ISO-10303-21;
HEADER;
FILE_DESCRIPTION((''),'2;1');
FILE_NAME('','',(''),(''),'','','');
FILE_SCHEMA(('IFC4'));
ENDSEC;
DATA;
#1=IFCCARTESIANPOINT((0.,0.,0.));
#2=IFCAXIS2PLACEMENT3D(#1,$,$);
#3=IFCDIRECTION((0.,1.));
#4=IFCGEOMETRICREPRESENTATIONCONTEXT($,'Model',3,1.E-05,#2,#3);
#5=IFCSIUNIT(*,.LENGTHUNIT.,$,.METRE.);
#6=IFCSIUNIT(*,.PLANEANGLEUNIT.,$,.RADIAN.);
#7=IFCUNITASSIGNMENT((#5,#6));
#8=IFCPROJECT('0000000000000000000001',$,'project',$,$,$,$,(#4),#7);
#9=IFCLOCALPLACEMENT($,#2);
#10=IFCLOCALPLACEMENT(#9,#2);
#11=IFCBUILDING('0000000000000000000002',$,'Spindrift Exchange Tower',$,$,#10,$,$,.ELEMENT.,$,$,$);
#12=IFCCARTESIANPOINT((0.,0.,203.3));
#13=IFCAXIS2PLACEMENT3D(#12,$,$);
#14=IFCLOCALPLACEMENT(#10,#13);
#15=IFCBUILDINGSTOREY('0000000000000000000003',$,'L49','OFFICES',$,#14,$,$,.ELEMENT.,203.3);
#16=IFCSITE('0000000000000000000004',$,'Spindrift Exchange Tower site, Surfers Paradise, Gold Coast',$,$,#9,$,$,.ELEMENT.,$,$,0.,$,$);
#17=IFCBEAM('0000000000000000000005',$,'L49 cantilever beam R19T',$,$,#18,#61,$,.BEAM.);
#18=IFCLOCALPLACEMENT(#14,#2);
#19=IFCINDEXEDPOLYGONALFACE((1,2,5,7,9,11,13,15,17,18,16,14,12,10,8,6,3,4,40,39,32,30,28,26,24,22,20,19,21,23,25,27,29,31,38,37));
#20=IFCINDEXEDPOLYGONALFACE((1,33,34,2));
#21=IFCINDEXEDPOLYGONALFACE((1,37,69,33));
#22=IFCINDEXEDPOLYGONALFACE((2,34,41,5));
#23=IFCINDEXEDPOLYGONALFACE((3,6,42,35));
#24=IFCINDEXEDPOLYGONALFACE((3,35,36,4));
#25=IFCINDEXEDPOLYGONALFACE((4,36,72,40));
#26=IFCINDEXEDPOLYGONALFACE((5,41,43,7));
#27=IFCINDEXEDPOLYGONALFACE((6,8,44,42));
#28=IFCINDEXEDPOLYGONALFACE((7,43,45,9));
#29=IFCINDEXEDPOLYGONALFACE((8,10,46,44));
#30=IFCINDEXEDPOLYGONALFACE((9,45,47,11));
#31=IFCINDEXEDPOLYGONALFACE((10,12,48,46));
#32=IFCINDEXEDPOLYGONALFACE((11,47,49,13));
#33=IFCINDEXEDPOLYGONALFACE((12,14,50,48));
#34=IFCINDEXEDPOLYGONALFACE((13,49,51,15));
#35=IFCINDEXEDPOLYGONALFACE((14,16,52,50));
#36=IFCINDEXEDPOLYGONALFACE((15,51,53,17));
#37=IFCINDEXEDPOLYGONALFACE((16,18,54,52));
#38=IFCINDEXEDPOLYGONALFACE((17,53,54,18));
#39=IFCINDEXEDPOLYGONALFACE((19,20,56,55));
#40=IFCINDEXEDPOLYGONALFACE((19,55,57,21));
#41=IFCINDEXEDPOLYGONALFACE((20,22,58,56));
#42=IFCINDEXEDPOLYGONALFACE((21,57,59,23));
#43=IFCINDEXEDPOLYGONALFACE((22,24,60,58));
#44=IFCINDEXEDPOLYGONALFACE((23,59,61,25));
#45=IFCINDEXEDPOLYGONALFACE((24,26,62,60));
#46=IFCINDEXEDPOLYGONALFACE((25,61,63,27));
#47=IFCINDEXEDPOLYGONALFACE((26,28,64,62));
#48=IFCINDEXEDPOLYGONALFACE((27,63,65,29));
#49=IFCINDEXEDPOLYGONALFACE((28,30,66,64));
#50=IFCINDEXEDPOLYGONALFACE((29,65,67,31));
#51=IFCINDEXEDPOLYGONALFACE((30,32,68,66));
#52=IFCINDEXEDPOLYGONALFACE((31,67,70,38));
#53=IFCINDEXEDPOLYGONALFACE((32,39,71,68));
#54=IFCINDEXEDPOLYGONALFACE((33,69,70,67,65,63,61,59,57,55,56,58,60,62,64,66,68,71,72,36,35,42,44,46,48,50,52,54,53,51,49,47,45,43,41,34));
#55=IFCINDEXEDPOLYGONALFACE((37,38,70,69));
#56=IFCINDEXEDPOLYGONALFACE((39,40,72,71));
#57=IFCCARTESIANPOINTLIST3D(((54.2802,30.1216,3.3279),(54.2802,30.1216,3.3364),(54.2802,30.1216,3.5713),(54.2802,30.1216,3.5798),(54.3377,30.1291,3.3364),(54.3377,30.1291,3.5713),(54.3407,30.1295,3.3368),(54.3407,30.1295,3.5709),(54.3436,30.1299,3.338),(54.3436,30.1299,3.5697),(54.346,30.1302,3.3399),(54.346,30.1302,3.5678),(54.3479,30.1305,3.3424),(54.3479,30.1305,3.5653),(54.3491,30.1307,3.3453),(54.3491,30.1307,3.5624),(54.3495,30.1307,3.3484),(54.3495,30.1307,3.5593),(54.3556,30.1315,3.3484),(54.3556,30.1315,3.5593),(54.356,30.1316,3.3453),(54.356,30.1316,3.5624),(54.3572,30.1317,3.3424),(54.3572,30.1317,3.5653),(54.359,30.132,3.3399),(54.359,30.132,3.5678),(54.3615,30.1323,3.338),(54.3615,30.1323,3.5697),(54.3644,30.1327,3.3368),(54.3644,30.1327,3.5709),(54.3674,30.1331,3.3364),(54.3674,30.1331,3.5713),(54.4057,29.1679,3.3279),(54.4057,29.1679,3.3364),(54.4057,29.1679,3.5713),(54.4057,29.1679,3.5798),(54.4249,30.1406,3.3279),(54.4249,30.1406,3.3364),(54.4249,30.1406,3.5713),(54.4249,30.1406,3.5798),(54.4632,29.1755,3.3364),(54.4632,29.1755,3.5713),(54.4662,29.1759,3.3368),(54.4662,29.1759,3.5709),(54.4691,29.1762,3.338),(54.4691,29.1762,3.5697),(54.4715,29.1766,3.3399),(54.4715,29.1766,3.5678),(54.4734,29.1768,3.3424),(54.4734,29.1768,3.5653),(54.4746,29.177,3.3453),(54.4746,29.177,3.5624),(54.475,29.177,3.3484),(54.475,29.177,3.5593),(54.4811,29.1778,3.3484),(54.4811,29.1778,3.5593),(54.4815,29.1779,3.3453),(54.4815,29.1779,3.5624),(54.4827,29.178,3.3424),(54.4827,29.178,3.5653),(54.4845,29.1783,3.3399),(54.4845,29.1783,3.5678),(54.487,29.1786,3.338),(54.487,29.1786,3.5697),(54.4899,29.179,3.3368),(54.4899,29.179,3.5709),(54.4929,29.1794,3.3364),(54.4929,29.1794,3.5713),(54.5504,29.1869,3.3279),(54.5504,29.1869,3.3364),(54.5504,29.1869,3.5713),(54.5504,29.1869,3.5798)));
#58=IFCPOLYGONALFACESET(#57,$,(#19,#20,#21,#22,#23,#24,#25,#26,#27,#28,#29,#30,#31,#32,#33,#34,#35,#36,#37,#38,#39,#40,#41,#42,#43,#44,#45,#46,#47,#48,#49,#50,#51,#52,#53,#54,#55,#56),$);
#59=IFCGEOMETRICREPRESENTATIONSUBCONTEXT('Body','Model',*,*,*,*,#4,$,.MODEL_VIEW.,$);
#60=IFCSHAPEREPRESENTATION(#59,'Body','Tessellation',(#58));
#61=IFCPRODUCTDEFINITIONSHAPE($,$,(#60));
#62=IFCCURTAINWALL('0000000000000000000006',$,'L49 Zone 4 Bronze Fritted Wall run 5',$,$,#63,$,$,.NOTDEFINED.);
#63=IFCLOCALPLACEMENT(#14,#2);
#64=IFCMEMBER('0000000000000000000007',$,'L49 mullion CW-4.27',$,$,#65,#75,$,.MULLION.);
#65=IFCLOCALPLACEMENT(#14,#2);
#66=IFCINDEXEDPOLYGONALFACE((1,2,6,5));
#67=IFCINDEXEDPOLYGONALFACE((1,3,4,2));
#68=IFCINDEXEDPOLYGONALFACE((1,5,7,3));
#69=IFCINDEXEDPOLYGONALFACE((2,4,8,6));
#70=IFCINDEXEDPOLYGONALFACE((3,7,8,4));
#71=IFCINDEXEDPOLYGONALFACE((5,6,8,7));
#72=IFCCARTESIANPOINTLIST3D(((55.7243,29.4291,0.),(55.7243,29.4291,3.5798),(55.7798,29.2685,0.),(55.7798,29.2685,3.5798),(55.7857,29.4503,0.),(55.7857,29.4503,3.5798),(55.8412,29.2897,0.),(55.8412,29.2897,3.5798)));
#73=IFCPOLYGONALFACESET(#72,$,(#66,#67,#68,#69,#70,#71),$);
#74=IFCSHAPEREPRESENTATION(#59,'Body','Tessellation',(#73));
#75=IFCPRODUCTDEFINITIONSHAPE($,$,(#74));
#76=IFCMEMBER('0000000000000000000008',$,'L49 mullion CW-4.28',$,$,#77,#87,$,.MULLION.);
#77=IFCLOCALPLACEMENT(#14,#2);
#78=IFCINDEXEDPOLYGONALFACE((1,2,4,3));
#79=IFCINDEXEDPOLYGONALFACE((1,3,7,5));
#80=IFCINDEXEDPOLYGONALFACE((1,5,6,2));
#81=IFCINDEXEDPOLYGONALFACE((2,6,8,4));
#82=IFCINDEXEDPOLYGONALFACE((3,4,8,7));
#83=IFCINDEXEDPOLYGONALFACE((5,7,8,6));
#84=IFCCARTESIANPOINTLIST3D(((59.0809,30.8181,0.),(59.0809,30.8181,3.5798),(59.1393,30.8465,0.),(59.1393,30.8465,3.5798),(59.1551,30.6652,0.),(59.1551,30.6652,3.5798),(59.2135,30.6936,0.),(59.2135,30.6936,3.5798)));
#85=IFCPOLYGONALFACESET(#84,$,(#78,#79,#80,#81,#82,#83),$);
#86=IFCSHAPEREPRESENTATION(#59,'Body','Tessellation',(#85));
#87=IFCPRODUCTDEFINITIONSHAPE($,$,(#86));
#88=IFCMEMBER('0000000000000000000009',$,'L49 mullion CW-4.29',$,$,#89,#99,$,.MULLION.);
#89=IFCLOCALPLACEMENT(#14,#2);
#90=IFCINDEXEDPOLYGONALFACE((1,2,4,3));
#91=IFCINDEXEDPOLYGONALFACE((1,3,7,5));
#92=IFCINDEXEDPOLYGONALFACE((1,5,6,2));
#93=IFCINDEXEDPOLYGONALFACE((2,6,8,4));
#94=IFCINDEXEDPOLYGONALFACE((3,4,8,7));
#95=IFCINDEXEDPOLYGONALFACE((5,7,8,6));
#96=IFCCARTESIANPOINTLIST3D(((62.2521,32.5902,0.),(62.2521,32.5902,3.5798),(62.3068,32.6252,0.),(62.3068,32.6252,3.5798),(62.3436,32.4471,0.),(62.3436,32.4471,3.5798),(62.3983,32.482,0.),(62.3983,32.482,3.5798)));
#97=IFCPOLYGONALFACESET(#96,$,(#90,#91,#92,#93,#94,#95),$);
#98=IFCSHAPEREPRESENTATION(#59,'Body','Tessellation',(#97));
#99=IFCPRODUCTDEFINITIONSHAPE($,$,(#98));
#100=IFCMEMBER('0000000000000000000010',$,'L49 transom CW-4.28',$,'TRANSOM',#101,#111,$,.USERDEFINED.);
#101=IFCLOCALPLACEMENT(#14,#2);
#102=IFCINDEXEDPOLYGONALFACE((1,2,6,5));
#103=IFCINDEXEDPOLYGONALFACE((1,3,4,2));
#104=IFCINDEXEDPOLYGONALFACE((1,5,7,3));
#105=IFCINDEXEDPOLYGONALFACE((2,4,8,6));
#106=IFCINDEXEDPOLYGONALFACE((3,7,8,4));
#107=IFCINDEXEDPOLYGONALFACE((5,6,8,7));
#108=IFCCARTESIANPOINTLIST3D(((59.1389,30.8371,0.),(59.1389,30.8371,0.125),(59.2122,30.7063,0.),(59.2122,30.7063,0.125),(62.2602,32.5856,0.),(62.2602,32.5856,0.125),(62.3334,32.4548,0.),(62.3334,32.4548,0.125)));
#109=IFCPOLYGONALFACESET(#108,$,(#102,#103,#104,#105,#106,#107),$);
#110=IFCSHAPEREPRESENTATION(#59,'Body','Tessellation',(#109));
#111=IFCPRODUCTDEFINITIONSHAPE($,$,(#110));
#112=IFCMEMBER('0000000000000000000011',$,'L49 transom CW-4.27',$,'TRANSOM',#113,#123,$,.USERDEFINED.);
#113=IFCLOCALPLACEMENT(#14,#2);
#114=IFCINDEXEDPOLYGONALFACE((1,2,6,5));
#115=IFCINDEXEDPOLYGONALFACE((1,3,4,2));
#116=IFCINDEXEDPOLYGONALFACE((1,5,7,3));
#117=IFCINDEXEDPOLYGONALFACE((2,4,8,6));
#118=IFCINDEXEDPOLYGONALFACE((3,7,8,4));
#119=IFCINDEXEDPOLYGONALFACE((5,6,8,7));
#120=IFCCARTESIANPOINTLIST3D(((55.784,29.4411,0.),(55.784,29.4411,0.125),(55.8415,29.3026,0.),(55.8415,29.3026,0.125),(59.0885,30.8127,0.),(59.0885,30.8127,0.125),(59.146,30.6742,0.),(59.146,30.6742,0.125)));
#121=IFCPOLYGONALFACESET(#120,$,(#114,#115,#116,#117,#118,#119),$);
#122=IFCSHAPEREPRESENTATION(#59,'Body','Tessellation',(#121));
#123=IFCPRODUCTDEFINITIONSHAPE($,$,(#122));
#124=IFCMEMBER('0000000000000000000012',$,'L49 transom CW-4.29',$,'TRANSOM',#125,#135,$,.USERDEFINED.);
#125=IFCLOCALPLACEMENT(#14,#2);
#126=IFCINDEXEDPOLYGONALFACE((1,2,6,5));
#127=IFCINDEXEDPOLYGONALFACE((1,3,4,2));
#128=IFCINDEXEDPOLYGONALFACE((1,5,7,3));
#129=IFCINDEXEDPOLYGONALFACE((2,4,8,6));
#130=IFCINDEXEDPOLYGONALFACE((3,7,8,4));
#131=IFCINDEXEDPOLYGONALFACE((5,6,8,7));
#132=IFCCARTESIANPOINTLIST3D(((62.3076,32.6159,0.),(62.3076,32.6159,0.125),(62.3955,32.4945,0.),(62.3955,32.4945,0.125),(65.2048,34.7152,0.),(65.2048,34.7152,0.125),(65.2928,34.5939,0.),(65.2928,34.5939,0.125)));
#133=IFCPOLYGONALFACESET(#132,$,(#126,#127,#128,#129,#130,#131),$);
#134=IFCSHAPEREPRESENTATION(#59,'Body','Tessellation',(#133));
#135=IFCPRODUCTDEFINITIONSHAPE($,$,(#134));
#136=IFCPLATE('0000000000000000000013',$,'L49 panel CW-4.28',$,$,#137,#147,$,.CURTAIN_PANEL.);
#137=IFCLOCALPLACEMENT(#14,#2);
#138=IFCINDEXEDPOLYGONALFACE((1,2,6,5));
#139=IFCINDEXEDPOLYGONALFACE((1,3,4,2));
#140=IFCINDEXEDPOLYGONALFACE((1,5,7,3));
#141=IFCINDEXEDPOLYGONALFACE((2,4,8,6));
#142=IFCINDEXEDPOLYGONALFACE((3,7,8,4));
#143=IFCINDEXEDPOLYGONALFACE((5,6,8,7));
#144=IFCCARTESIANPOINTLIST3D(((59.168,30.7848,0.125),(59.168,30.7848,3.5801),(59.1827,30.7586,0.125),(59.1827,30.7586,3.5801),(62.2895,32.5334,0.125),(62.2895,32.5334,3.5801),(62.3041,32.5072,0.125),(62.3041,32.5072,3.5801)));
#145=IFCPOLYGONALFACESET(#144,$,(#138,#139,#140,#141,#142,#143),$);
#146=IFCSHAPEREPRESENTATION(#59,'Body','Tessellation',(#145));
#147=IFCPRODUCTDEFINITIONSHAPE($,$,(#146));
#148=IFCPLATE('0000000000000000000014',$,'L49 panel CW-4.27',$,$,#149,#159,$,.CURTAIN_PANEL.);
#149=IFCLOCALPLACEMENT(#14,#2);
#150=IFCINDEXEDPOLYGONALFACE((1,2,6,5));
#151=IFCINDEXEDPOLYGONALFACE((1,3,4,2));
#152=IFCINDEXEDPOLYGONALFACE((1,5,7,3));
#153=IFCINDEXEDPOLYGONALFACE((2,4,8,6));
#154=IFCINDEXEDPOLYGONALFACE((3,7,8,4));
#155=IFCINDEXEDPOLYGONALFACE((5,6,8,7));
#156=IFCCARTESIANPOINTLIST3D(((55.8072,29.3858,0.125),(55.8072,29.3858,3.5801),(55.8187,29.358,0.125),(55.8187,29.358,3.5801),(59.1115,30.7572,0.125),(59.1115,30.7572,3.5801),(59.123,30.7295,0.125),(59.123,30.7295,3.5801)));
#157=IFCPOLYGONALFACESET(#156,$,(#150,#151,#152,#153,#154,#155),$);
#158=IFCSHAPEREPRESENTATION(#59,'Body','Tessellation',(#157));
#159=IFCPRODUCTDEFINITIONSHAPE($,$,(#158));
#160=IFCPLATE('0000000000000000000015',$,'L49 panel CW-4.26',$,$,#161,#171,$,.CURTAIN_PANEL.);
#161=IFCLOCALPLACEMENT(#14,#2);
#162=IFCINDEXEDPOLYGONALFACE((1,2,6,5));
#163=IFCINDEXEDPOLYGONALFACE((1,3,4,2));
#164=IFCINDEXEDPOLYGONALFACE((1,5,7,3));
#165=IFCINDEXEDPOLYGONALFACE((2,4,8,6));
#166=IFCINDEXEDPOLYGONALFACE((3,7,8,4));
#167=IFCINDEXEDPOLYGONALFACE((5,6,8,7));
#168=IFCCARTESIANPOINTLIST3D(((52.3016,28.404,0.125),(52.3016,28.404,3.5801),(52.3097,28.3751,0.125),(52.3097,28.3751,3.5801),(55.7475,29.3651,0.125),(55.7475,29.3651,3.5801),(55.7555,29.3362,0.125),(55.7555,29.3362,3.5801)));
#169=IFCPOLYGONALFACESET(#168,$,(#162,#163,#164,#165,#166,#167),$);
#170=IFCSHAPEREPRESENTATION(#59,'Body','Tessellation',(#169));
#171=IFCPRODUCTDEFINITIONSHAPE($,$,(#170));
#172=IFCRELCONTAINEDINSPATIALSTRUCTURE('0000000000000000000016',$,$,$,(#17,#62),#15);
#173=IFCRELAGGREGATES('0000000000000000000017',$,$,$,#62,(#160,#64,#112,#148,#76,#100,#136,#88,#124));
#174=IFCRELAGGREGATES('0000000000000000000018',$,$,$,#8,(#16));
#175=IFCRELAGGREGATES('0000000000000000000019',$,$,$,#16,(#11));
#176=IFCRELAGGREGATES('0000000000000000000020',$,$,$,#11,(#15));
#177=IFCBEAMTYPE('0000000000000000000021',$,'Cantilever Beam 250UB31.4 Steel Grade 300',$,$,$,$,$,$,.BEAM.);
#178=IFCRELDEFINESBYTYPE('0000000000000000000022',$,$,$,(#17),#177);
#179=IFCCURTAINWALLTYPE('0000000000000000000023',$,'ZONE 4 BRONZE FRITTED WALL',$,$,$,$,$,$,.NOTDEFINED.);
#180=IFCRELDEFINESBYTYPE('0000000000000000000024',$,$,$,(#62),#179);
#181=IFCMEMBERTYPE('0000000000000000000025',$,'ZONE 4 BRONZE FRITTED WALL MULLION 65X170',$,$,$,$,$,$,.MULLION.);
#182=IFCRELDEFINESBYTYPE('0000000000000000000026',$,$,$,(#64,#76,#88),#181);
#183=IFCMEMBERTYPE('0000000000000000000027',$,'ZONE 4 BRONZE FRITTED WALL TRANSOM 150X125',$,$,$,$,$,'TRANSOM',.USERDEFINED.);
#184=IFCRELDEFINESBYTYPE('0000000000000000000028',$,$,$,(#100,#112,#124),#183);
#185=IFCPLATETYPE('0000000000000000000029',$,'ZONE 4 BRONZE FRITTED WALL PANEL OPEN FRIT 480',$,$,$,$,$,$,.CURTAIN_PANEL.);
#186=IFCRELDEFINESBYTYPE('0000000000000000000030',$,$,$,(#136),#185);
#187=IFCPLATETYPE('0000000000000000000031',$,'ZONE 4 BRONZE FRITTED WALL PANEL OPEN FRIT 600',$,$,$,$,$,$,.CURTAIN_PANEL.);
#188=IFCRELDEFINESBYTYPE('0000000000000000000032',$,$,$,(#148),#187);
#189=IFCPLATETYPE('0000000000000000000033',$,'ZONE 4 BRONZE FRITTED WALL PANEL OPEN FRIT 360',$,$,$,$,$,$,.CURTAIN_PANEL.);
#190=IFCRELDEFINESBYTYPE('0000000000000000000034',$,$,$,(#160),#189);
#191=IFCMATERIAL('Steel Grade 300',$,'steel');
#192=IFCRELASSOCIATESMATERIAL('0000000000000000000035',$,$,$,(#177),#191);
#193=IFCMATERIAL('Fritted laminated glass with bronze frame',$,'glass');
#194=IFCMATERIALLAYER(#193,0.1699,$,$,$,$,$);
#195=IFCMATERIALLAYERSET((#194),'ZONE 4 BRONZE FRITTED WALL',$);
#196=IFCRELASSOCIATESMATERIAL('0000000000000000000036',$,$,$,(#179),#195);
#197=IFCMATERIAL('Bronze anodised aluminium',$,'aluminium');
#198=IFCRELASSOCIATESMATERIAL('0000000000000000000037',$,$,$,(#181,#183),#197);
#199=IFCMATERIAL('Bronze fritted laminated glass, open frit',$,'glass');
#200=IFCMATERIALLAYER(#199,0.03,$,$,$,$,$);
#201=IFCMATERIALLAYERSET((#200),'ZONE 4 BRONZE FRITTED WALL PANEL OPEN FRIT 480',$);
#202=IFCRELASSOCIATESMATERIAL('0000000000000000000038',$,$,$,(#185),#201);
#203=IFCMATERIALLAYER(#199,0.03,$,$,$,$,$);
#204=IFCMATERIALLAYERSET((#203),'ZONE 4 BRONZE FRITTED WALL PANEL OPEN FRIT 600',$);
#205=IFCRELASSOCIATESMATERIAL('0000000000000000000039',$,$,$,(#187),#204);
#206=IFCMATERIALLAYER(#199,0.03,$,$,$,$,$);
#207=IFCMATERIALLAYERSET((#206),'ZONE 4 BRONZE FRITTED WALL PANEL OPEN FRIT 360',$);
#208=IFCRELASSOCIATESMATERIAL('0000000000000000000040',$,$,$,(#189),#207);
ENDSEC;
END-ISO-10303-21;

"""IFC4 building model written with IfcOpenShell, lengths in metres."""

from ifc_helpers import new_model, si_unit, direction, frame, origin, origin_2d, place, context, subcontext, project, spatial, rectangle, i_section, extrude, source, transform, mapped, material, layer, layer_set, material_profile, profile_set, type_object, element, aggregate, save


model = new_model("IFC4")

# Units and contexts
model_context = context("Model", 3, precision=1e-05, world=origin(), true_north=direction((0.0, 1.0)))
body_context = subcontext(model_context, "Body", "Model", "MODEL_VIEW")
ifc_project = project(units=[si_unit("LENGTHUNIT", "METRE"), si_unit("PLANEANGLEUNIT", "RADIAN")], contexts=[model_context])

# Site, building, storey
site_placement = place(None, origin())
site = spatial("IfcSite", under=ifc_project, at=site_placement, Name="Spindrift Exchange Tower site, Surfers Paradise, Gold Coast", CompositionType="ELEMENT", RefElevation=0.0)
building_placement = place(site_placement, origin())
building = spatial("IfcBuilding", under=site, at=building_placement, Name="Spindrift Exchange Tower", CompositionType="ELEMENT")
storey_placement = place(building_placement, frame((0.0, 0.0, 203.3)))
storey = spatial("IfcBuildingStorey", under=building, at=storey_placement, Name="L49", Description="OFFICES", CompositionType="ELEMENT", Elevation=203.3)

# Beam
ifc_material_1 = material(Name="Steel Grade 300", Category="steel")
ifc_material_profile_1 = material_profile(ifc_material_1, i_section(OverallWidth=0.146, OverallDepth=0.252, WebThickness=0.0061, FlangeThickness=0.0085, FilletRadius=0.012, at=origin_2d()), Name="250UB31.4")
ifc_profile_set_1 = profile_set([ifc_material_profile_1], Name="Steel Grade 300")
beam_type_1 = type_object("IfcBeamType", Name="Cantilever Beam 250UB31.4 Steel Grade 300", PredefinedType="BEAM", material=ifc_profile_set_1)
shared_shape_1 = source(origin(), body_context, "Body", "SweptSolid", [
    extrude(i_section(OverallWidth=0.146, OverallDepth=0.252, WebThickness=0.0061, FlangeThickness=0.0085, FilletRadius=0.012, at=origin_2d()), origin(), (0.0, 0.0, 1.0), 0.9619),
])
beam_1_placement = place(storey_placement, frame((54.3525, 30.1311, 3.4539), z_axis=(0.130468, -0.991453, 0.0), x_axis=(0.991453, 0.130468, 0.0)))
element("IfcBeam", 1, at=beam_1_placement, inside=storey, type_object=beam_type_1, Name="L49 cantilever beam R19T", PredefinedType="BEAM", context=body_context, shape_type="MappedRepresentation", body=[
    mapped(shared_shape_1, transform((0.0, 0.0, 0.0), scale=1.0)),
])

# Curtain wall, members, plates
ifc_material_2 = material(Name="Fritted laminated glass with bronze frame", Category="glass")
ifc_layer_1 = layer(ifc_material_2, 0.1699)
ifc_layer_set_1 = layer_set([ifc_layer_1], Name="ZONE 4 BRONZE FRITTED WALL")
curtain_wall_type = type_object("IfcCurtainWallType", Name="ZONE 4 BRONZE FRITTED WALL", PredefinedType="NOTDEFINED", material=ifc_layer_set_1)
curtain_wall_placement = place(storey_placement, origin())
curtain_wall = element("IfcCurtainWall", 2, at=curtain_wall_placement, inside=storey, type_object=curtain_wall_type, Name="L49 Zone 4 Bronze Fritted Wall run 5", PredefinedType="NOTDEFINED")
ifc_material_3 = material(Name="Bronze anodised aluminium", Category="aluminium")
ifc_material_profile_2 = material_profile(ifc_material_3, rectangle(XDim=0.0649, YDim=0.1699, at=origin_2d()), Name="ZONE 4 BRONZE FRITTED WALL MULLION 65X170")
ifc_profile_set_2 = profile_set([ifc_material_profile_2], Name="Bronze anodised aluminium")
member_type_1 = type_object("IfcMemberType", Name="ZONE 4 BRONZE FRITTED WALL MULLION 65X170", PredefinedType="MULLION", material=ifc_profile_set_2)
shared_shape_2 = source(origin(), body_context, "Body", "SweptSolid", [
    extrude(rectangle(XDim=0.0649, YDim=0.1699, at=origin_2d()), origin(), (0.0, 0.0, 1.0), 3.5798),
])
member_1_placement = place(storey_placement, frame((55.7827, 29.3594, 0.0), z_axis=(0.0, 0.0, 1.0), x_axis=(0.945161, 0.326604, 0.0)))
member_1 = element("IfcMember", 3, at=member_1_placement, type_object=member_type_1, Name="L49 mullion CW-4.27", PredefinedType="MULLION", context=body_context, shape_type="MappedRepresentation", body=[
    mapped(shared_shape_2, transform((0.0, 0.0, 0.0), scale=1.0)),
])
member_2_placement = place(storey_placement, frame((59.1472, 30.7559, 0.0), z_axis=(0.0, 0.0, 1.0), x_axis=(0.899562, 0.436793, 0.0)))
member_2 = element("IfcMember", 4, at=member_2_placement, type_object=member_type_1, Name="L49 mullion CW-4.28", PredefinedType="MULLION", context=body_context, shape_type="MappedRepresentation", body=[
    mapped(shared_shape_2, transform((0.0, 0.0, 0.0), scale=1.0)),
])
member_3_placement = place(storey_placement, frame((62.3252, 32.5361, 0.0), z_axis=(0.0, 0.0, 1.0), x_axis=(0.842518, 0.538668, 0.0)))
member_3 = element("IfcMember", 5, at=member_3_placement, type_object=member_type_1, Name="L49 mullion CW-4.29", PredefinedType="MULLION", context=body_context, shape_type="MappedRepresentation", body=[
    mapped(shared_shape_2, transform((0.0, 0.0, 0.0), scale=1.0)),
])
ifc_material_profile_3 = material_profile(ifc_material_3, rectangle(XDim=0.1499, YDim=0.125, at=origin_2d()), Name="ZONE 4 BRONZE FRITTED WALL TRANSOM 150X125")
ifc_profile_set_3 = profile_set([ifc_material_profile_3], Name="Bronze anodised aluminium")
member_type_2 = type_object("IfcMemberType", Name="ZONE 4 BRONZE FRITTED WALL TRANSOM 150X125", ElementType="TRANSOM", PredefinedType="USERDEFINED", material=ifc_profile_set_3)
shared_shape_3 = source(origin(), body_context, "Body", "SweptSolid", [
    extrude(rectangle(XDim=0.1499, YDim=0.125, at=origin_2d()), origin(), (0.0, 0.0, 1.0), 3.5776),
])
member_4_placement = place(storey_placement, frame((59.1755, 30.7717, 0.0625), z_axis=(0.872436, 0.488728, 0.0), x_axis=(-0.488728, 0.872436, 0.0)))
member_4 = element("IfcMember", 6, at=member_4_placement, type_object=member_type_2, Name="L49 transom CW-4.28", ObjectType="TRANSOM", PredefinedType="USERDEFINED", context=body_context, shape_type="MappedRepresentation", body=[
    mapped(shared_shape_3, transform((0.0, 0.0, 0.0), scale=1.0)),
])
shared_shape_4 = source(origin(), body_context, "Body", "SweptSolid", [
    extrude(rectangle(XDim=0.1499, YDim=0.125, at=origin_2d()), origin(), (0.0, 0.0, 1.0), 3.5779),
])
member_5_placement = place(storey_placement, frame((55.8127, 29.3718, 0.0625), z_axis=(0.923599, 0.38336, 0.0), x_axis=(-0.38336, 0.923599, 0.0)))
member_5 = element("IfcMember", 7, at=member_5_placement, type_object=member_type_2, Name="L49 transom CW-4.27", ObjectType="TRANSOM", PredefinedType="USERDEFINED", context=body_context, shape_type="MappedRepresentation", body=[
    mapped(shared_shape_4, transform((0.0, 0.0, 0.0), scale=1.0)),
])
member_6_placement = place(storey_placement, frame((62.3516, 32.5552, 0.0625), z_axis=(0.809759, 0.586763, 0.0), x_axis=(-0.586763, 0.809759, 0.0)))
member_6 = element("IfcMember", 8, at=member_6_placement, type_object=member_type_2, Name="L49 transom CW-4.29", ObjectType="TRANSOM", PredefinedType="USERDEFINED", context=body_context, shape_type="MappedRepresentation", body=[
    mapped(shared_shape_4, transform((0.0, 0.0, 0.0), scale=1.0)),
])
ifc_material_4 = material(Name="Bronze fritted laminated glass, open frit", Category="glass")
ifc_layer_2 = layer(ifc_material_4, 0.03)
ifc_layer_set_2 = layer_set([ifc_layer_2], Name="ZONE 4 BRONZE FRITTED WALL PANEL OPEN FRIT 480")
plate_type_1 = type_object("IfcPlateType", Name="ZONE 4 BRONZE FRITTED WALL PANEL OPEN FRIT 480", PredefinedType="CURTAIN_PANEL", material=ifc_layer_set_2)
shared_shape_5 = source(origin(), body_context, "Body", "SweptSolid", [
    extrude(rectangle(XDim=3.5779, YDim=0.03, at=origin_2d()), origin(), (0.0, 0.0, 1.0), 3.4551),
])
plate_1_placement = place(storey_placement, frame((60.7361, 31.646, 0.125), z_axis=(0.0, 0.0, 1.0), x_axis=(0.872429, 0.488742, 0.0)))
plate_1 = element("IfcPlate", 9, at=plate_1_placement, type_object=plate_type_1, Name="L49 panel CW-4.28", PredefinedType="CURTAIN_PANEL", context=body_context, shape_type="MappedRepresentation", body=[
    mapped(shared_shape_5, transform((0.0, 0.0, 0.0), scale=1.0)),
])
ifc_layer_3 = layer(ifc_material_4, 0.03)
ifc_layer_set_3 = layer_set([ifc_layer_3], Name="ZONE 4 BRONZE FRITTED WALL PANEL OPEN FRIT 600")
plate_type_2 = type_object("IfcPlateType", Name="ZONE 4 BRONZE FRITTED WALL PANEL OPEN FRIT 600", PredefinedType="CURTAIN_PANEL", material=ifc_layer_set_3)
shared_shape_6 = source(origin(), body_context, "Body", "SweptSolid", [
    extrude(rectangle(XDim=3.5776, YDim=0.03, at=origin_2d()), origin(), (0.0, 0.0, 1.0), 3.4551),
])
plate_2_placement = place(storey_placement, frame((57.4651, 30.0576, 0.125), z_axis=(0.0, 0.0, 1.0), x_axis=(0.923605, 0.383344, 0.0)))
plate_2 = element("IfcPlate", 10, at=plate_2_placement, type_object=plate_type_2, Name="L49 panel CW-4.27", PredefinedType="CURTAIN_PANEL", context=body_context, shape_type="MappedRepresentation", body=[
    mapped(shared_shape_6, transform((0.0, 0.0, 0.0), scale=1.0)),
])
ifc_layer_4 = layer(ifc_material_4, 0.03)
ifc_layer_set_4 = layer_set([ifc_layer_4], Name="ZONE 4 BRONZE FRITTED WALL PANEL OPEN FRIT 360")
plate_type_3 = type_object("IfcPlateType", Name="ZONE 4 BRONZE FRITTED WALL PANEL OPEN FRIT 360", PredefinedType="CURTAIN_PANEL", material=ifc_layer_set_4)
shared_shape_7 = source(origin(), body_context, "Body", "SweptSolid", [
    extrude(rectangle(XDim=3.5774, YDim=0.03, at=origin_2d()), origin(), (0.0, 0.0, 1.0), 3.4551),
])
plate_3_placement = place(storey_placement, frame((54.0286, 28.8701, 0.125), z_axis=(0.0, 0.0, 1.0), x_axis=(0.963235, 0.268661, 0.0)))
plate_3 = element("IfcPlate", 11, at=plate_3_placement, type_object=plate_type_3, Name="L49 panel CW-4.26", PredefinedType="CURTAIN_PANEL", context=body_context, shape_type="MappedRepresentation", body=[
    mapped(shared_shape_7, transform((0.0, 0.0, 0.0), scale=1.0)),
])
aggregate(curtain_wall, [plate_3, member_1, member_5, plate_2, member_2, member_4, plate_1, member_3, member_6])

save(model, "model.ifc")
